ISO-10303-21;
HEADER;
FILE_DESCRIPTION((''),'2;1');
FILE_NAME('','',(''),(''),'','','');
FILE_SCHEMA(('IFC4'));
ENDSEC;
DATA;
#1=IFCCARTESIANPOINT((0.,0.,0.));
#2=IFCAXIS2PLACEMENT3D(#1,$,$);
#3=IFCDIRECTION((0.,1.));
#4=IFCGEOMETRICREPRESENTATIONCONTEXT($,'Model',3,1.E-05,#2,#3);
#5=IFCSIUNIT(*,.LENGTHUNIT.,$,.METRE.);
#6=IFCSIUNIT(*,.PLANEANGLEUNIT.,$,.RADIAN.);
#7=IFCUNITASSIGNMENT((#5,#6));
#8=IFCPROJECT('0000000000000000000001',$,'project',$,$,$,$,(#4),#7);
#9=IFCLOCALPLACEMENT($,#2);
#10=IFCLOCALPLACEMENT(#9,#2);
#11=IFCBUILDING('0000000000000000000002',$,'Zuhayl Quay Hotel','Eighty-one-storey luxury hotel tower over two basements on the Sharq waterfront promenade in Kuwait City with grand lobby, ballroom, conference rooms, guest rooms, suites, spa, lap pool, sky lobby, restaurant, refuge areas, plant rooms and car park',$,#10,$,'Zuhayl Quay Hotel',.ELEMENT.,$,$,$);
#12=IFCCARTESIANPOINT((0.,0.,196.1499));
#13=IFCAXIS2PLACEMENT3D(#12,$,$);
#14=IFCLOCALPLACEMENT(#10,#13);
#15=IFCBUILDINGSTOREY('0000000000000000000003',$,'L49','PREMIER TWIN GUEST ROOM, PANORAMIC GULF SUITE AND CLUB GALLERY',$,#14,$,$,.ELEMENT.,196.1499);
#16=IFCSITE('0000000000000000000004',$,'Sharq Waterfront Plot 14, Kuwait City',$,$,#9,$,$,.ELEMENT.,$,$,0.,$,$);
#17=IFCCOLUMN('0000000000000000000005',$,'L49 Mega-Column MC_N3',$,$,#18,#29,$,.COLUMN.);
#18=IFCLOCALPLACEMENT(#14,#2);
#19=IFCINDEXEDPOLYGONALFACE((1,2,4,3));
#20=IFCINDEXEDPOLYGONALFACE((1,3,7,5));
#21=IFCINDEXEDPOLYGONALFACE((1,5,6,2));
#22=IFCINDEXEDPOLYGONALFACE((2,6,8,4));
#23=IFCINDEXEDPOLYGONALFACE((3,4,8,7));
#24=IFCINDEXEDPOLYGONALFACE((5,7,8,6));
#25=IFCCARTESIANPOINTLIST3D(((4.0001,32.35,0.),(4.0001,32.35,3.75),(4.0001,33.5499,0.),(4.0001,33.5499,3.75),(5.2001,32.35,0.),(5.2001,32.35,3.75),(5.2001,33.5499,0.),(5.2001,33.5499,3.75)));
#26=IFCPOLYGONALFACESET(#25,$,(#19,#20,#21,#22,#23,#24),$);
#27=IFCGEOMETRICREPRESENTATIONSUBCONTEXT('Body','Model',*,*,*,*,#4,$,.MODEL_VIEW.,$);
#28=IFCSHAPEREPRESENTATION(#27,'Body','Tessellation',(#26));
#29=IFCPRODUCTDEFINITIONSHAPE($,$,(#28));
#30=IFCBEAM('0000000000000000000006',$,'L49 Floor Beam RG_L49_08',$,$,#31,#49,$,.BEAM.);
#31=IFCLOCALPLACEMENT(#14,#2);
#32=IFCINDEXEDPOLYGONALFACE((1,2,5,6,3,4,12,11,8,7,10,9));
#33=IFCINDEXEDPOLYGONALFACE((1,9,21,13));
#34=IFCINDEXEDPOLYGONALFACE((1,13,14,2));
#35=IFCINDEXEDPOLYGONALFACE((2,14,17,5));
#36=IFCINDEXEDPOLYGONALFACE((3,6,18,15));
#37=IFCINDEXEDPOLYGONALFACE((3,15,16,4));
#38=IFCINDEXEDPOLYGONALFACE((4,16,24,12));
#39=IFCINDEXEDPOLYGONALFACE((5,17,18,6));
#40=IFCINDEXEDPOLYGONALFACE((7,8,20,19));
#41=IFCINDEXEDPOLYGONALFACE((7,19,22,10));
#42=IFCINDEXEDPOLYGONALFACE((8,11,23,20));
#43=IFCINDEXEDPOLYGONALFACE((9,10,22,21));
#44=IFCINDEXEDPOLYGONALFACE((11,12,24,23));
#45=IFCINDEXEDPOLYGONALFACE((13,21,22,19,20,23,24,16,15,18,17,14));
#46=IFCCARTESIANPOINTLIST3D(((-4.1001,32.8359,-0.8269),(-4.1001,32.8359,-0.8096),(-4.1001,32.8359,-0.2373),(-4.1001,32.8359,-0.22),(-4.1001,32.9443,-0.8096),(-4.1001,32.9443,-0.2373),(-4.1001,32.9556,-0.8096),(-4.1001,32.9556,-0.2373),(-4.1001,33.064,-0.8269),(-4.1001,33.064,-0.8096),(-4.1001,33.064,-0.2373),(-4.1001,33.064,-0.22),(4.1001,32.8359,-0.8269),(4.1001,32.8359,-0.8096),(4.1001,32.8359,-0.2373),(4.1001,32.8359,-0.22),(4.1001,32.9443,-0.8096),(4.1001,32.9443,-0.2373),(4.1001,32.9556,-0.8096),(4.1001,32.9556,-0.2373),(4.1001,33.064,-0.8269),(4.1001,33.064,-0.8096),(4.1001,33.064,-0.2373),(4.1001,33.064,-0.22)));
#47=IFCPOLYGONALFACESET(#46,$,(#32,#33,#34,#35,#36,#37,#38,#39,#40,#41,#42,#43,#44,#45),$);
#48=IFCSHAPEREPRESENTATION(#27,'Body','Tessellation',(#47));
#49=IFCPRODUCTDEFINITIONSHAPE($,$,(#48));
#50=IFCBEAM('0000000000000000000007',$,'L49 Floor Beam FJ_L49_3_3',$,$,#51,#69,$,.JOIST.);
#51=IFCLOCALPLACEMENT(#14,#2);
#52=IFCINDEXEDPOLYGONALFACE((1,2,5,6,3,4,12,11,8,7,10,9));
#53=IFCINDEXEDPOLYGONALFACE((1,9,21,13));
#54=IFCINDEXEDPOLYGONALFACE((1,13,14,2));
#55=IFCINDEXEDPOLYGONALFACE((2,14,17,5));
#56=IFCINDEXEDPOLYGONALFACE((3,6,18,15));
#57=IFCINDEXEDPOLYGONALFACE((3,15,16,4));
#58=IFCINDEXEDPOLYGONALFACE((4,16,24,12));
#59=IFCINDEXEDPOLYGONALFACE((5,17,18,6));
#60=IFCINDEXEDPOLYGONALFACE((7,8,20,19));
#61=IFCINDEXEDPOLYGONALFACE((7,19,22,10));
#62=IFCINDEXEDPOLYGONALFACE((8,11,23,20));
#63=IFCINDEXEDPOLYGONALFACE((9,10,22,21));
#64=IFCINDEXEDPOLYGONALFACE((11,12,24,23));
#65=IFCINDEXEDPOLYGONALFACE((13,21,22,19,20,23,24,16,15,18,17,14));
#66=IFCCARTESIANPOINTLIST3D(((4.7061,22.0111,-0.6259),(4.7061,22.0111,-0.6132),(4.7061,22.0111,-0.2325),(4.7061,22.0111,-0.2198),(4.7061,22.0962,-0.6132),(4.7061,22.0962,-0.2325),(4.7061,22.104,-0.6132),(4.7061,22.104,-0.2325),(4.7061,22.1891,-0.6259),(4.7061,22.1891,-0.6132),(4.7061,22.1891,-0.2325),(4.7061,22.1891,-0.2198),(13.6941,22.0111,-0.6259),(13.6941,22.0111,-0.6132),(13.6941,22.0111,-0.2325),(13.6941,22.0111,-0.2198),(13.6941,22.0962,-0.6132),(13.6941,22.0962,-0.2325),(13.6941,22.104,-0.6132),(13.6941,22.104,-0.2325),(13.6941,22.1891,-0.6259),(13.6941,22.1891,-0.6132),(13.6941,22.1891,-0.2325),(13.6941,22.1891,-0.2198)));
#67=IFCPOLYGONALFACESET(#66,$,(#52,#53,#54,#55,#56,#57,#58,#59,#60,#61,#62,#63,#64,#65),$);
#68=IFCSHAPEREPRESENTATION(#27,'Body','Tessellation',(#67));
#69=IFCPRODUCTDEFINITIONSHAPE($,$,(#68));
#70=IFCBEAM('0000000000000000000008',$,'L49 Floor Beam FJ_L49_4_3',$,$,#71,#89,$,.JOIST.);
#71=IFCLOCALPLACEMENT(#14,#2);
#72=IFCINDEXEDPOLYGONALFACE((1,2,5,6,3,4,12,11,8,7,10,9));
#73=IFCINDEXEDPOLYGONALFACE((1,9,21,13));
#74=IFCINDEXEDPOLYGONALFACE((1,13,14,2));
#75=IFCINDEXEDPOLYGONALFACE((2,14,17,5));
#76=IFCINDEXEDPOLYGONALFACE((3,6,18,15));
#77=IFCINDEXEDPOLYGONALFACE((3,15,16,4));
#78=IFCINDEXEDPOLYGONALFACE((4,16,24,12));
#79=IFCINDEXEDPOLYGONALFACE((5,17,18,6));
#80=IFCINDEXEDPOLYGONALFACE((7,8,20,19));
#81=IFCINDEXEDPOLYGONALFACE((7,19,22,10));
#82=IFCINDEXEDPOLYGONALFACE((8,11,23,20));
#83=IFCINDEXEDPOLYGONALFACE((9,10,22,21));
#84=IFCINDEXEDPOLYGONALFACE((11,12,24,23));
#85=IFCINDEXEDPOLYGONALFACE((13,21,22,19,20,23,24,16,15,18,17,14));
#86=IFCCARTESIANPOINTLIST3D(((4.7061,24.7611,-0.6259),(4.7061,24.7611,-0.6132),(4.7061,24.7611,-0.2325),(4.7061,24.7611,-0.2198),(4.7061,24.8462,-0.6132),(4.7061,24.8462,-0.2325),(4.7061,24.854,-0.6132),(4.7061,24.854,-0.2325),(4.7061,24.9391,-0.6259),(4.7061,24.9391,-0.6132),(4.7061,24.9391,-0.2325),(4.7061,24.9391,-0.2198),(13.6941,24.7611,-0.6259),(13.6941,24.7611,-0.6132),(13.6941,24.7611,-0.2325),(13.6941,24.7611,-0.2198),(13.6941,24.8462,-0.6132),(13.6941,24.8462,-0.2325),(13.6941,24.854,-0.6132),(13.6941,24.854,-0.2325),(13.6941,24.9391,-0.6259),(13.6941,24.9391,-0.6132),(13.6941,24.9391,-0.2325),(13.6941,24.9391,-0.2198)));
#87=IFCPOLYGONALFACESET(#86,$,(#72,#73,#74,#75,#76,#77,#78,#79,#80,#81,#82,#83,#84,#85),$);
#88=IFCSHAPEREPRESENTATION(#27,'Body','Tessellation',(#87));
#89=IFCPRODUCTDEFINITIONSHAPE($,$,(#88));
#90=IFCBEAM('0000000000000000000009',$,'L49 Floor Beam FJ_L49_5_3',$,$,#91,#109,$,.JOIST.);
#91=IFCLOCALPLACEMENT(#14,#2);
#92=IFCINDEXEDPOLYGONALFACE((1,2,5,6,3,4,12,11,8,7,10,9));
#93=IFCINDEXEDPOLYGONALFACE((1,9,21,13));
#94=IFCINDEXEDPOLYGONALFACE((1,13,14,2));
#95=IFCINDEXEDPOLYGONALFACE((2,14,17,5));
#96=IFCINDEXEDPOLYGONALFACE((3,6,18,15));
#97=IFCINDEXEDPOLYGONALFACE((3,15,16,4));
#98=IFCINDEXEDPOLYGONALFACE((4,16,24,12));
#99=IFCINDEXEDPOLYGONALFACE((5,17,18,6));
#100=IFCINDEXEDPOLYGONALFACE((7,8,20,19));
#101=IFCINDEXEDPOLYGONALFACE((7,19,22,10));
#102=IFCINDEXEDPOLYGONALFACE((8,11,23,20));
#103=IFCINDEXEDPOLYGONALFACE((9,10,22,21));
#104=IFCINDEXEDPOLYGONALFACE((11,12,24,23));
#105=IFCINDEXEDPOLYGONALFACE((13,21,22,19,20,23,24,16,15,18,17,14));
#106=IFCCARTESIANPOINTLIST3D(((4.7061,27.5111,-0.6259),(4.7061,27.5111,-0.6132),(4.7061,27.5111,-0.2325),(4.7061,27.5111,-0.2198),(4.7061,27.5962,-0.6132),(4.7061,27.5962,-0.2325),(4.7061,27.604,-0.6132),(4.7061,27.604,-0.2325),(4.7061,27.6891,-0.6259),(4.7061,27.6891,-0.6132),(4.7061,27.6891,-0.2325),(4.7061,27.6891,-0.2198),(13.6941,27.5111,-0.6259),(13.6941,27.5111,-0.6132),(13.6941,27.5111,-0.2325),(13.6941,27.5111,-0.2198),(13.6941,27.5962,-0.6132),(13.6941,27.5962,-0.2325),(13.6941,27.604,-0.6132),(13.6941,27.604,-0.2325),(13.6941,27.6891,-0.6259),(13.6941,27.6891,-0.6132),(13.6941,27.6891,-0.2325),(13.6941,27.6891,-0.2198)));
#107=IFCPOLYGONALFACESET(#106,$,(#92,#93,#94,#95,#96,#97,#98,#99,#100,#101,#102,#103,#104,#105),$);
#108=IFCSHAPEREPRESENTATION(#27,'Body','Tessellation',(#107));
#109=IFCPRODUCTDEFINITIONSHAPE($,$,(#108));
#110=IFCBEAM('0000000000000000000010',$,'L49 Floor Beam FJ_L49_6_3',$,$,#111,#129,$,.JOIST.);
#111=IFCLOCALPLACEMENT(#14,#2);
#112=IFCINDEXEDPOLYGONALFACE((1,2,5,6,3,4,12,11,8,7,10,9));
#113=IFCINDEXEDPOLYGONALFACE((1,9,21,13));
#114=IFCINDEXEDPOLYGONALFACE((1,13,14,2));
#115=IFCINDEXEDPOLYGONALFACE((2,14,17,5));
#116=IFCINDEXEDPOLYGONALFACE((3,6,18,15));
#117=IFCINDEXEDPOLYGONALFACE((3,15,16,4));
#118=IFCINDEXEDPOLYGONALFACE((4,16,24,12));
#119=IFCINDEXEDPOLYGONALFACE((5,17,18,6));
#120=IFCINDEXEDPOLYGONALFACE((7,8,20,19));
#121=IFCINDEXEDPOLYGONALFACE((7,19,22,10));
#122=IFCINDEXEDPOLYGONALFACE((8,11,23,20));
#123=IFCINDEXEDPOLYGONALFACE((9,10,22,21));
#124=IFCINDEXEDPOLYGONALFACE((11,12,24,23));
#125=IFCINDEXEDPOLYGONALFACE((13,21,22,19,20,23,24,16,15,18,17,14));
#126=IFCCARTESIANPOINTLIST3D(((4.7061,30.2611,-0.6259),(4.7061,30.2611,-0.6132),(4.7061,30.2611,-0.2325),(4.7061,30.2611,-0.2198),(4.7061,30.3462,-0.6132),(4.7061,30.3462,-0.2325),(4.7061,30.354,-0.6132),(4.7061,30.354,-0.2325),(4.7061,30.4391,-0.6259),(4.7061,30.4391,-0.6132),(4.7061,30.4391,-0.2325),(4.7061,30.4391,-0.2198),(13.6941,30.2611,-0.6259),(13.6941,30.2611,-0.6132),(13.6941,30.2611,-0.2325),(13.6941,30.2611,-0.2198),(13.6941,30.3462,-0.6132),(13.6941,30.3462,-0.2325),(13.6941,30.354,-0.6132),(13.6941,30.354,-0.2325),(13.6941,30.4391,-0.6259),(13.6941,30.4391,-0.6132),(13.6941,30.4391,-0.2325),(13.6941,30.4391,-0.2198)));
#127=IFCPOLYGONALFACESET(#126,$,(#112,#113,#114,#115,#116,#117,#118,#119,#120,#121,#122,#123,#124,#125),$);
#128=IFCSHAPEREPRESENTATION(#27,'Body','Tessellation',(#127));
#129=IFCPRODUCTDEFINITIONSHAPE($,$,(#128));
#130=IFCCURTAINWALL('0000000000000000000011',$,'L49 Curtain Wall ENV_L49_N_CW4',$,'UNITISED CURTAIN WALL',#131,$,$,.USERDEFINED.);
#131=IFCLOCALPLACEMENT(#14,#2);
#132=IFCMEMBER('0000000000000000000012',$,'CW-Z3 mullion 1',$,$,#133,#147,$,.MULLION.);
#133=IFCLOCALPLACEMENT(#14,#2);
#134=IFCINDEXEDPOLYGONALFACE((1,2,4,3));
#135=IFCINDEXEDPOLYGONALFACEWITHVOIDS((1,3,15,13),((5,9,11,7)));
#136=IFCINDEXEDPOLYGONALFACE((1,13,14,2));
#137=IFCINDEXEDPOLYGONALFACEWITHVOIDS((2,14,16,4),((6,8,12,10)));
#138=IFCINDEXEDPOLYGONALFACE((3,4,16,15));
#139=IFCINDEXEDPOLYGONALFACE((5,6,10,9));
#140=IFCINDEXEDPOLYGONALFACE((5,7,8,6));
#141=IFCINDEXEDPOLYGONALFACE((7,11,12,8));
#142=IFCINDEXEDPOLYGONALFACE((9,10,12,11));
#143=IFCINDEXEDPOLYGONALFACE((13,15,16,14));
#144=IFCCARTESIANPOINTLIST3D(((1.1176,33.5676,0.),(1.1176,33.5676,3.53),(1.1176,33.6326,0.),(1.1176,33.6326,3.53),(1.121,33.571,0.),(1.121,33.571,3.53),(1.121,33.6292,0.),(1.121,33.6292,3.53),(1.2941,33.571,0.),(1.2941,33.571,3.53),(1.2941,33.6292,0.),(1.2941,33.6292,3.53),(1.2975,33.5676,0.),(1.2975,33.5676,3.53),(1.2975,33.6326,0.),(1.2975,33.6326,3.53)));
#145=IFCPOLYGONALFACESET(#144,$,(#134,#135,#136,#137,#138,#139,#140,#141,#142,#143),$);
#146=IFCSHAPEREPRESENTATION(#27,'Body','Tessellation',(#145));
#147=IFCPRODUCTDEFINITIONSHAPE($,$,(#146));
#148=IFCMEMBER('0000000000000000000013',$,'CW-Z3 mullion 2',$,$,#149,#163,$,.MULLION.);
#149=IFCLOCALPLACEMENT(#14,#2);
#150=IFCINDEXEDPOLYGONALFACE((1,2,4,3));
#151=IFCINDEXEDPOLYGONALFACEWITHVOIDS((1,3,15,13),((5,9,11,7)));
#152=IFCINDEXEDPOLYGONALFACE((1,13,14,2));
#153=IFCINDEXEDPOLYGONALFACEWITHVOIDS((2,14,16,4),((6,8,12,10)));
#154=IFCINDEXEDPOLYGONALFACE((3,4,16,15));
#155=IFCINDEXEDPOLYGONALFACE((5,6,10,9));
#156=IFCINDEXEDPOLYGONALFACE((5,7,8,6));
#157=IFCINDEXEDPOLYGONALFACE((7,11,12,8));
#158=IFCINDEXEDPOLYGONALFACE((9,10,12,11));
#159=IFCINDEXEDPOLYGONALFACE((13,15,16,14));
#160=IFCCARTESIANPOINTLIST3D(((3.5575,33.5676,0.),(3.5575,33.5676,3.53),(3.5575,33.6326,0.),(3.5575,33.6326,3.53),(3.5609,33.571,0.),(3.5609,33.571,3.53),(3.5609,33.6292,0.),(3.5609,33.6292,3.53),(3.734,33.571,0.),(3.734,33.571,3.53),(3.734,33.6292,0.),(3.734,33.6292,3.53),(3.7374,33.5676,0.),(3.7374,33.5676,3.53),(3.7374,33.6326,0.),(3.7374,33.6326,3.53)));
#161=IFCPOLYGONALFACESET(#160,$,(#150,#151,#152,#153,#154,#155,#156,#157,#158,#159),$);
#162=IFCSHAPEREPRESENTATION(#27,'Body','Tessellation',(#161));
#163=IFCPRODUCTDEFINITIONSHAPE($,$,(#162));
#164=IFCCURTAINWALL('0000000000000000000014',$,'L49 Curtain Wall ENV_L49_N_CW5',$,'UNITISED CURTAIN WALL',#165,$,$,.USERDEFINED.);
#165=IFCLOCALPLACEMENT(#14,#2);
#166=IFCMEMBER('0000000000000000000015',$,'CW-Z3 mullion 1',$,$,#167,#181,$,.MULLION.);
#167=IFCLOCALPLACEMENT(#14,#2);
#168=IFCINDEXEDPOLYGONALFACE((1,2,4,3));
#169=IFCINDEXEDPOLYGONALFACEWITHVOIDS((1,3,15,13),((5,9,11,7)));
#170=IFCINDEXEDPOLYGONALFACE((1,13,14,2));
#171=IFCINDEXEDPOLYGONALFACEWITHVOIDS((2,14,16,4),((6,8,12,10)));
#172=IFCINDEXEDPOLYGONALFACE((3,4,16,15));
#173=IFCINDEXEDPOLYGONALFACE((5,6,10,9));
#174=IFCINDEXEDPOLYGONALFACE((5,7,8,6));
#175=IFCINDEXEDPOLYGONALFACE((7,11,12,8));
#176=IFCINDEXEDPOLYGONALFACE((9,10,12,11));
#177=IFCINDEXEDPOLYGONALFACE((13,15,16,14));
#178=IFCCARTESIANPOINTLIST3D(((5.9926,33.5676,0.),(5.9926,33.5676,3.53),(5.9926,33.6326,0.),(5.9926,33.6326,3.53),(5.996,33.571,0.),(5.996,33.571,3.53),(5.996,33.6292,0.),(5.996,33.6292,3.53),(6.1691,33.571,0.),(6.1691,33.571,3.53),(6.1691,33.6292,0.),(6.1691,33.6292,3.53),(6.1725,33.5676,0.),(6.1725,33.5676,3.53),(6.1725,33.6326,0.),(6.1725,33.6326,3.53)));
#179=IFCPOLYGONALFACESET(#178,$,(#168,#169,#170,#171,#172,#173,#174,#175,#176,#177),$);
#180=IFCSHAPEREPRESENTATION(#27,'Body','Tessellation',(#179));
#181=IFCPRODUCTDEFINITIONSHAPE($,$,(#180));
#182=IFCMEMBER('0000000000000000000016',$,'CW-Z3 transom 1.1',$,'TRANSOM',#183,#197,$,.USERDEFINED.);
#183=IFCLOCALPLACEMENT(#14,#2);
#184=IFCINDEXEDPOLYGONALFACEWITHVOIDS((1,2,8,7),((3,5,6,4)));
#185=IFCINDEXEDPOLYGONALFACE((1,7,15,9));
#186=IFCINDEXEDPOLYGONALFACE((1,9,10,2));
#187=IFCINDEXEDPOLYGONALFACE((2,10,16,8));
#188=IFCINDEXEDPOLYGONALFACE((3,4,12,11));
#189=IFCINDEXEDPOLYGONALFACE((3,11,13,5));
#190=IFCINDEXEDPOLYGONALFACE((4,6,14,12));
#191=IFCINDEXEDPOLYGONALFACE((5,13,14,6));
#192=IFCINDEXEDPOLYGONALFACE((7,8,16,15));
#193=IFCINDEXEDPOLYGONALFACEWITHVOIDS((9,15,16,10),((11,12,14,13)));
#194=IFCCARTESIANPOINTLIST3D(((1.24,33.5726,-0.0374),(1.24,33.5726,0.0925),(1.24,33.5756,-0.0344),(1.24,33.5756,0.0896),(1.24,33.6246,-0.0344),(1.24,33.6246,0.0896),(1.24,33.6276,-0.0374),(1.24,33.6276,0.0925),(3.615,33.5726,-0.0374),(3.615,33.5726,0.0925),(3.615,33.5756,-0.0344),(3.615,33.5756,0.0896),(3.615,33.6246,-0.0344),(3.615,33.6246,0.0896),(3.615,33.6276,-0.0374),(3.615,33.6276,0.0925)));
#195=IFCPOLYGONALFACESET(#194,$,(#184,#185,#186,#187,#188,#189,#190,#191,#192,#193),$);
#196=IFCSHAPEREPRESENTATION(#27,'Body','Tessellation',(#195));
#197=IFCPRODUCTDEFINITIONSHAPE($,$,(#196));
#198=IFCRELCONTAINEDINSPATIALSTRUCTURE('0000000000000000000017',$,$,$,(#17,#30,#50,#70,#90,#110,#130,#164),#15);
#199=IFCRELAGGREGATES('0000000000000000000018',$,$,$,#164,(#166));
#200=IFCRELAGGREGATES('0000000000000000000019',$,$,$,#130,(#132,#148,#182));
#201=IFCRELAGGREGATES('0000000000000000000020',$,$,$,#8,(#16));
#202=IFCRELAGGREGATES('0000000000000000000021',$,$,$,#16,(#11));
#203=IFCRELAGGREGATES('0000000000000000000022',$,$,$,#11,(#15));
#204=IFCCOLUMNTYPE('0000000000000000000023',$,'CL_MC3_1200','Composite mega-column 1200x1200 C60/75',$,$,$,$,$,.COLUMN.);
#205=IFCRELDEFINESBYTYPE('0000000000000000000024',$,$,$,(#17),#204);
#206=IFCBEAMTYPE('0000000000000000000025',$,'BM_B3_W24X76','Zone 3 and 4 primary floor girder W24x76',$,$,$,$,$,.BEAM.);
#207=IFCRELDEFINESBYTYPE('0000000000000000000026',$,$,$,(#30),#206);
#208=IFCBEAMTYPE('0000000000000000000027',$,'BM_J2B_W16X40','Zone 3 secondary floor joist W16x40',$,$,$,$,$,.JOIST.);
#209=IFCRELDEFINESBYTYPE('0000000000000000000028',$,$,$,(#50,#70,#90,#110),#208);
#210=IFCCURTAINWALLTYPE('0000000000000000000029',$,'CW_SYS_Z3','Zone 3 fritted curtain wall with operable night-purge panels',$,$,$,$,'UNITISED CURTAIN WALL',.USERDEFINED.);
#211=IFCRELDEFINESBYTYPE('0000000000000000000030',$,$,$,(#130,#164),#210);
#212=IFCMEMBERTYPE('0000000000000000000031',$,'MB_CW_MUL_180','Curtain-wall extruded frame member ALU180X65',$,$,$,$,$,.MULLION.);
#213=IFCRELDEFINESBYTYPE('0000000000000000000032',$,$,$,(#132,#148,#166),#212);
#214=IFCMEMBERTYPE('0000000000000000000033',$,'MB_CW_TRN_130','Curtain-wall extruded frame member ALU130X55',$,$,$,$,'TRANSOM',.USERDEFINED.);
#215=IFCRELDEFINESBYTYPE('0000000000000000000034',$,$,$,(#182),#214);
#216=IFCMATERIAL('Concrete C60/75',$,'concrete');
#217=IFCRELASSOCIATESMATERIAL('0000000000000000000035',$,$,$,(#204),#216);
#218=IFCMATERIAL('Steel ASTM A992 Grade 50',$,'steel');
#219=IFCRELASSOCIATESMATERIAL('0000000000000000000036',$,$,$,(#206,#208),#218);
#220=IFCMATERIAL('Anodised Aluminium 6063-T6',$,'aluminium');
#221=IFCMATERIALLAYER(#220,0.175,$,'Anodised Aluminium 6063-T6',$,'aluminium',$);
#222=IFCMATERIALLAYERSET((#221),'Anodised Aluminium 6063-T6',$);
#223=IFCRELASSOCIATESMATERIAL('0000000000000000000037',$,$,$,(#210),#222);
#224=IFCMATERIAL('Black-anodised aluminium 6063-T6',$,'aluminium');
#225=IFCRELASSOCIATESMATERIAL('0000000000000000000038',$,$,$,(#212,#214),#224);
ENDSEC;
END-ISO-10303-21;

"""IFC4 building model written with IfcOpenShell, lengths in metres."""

from ifc_helpers import new_model, si_unit, direction, frame, origin, origin_2d, place, context, subcontext, project, spatial, rectangle, hollow_rectangle, i_section, extrude, material, layer, layer_set, material_profile, profile_set, type_object, element, aggregate, save


model = new_model("IFC4")

# Units and contexts
model_context = context("Model", 3, precision=1e-05, world=origin(), true_north=direction((0.0, 1.0)))
body_context = subcontext(model_context, "Body", "Model", "MODEL_VIEW")
ifc_project = project(units=[si_unit("LENGTHUNIT", "METRE"), si_unit("PLANEANGLEUNIT", "RADIAN")], contexts=[model_context])

# Site, building, storey
site_placement = place(None, origin())
site = spatial("IfcSite", under=ifc_project, at=site_placement, Name="Sharq Waterfront Plot 14, Kuwait City", CompositionType="ELEMENT", RefElevation=0.0)
building_placement = place(site_placement, origin())
building = spatial("IfcBuilding", under=site, at=building_placement, Name="Zuhayl Quay Hotel", Description="Eighty-one-storey luxury hotel tower over two basements on the Sharq waterfront promenade in Kuwait City with grand lobby, ballroom, conference rooms, guest rooms, suites, spa, lap pool, sky lobby, restaurant, refuge areas, plant rooms and car park", LongName="Zuhayl Quay Hotel", CompositionType="ELEMENT")
storey_placement = place(building_placement, frame((0.0, 0.0, 196.1499)))
storey = spatial("IfcBuildingStorey", under=building, at=storey_placement, Name="L49", Description="PREMIER TWIN GUEST ROOM, PANORAMIC GULF SUITE AND CLUB GALLERY", CompositionType="ELEMENT", Elevation=196.1499)

# Column
ifc_material_1 = material(Name="Concrete C60/75", Category="concrete")
ifc_material_profile_1 = material_profile(ifc_material_1, rectangle(XDim=1.2, YDim=1.2, at=origin_2d()), Name="RC1200X1200")
ifc_profile_set_1 = profile_set([ifc_material_profile_1], Name="Concrete C60/75")
column_type = type_object("IfcColumnType", Name="CL_MC3_1200", Description="Composite mega-column 1200x1200 C60/75", PredefinedType="COLUMN", material=ifc_profile_set_1)
column_placement = place(storey_placement, frame((4.6001, 32.95, 0.0), z_axis=(0.0, 0.0, 1.0), x_axis=(1.0, 0.0, 0.0)))
element("IfcColumn", 1, at=column_placement, inside=storey, type_object=column_type, Name="L49 Mega-Column MC_N3", PredefinedType="COLUMN", context=body_context, shape_type="SweptSolid", body=[
    extrude(rectangle(XDim=1.2, YDim=1.2, at=origin_2d()), origin(), (0.0, 0.0, 1.0), 3.75),
])

# Beams
ifc_material_2 = material(Name="Steel ASTM A992 Grade 50", Category="steel")
ifc_material_profile_2 = material_profile(ifc_material_2, i_section(OverallWidth=0.228, OverallDepth=0.6069, WebThickness=0.0112, FlangeThickness=0.0173, at=origin_2d()), Name="W24X76")
ifc_profile_set_2 = profile_set([ifc_material_profile_2], Name="Steel ASTM A992 Grade 50")
beam_type_1 = type_object("IfcBeamType", Name="BM_B3_W24X76", Description="Zone 3 and 4 primary floor girder W24x76", PredefinedType="BEAM", material=ifc_profile_set_2)
beam_placement = place(storey_placement, frame((4.1001, 32.95, -0.5234), z_axis=(-1.0, 0.0, 0.0), x_axis=(0.0, -1.0, 0.0)))
element("IfcBeam", 2, at=beam_placement, inside=storey, type_object=beam_type_1, Name="L49 Floor Beam RG_L49_08", PredefinedType="BEAM", context=body_context, shape_type="SweptSolid", body=[
    extrude(i_section(OverallWidth=0.228, OverallDepth=0.6069, WebThickness=0.0112, FlangeThickness=0.0173, at=origin_2d()), origin(), (0.0, 0.0, 1.0), 8.2002),
])
ifc_material_profile_3 = material_profile(ifc_material_2, i_section(OverallWidth=0.178, OverallDepth=0.406, WebThickness=0.0078, FlangeThickness=0.0127, at=origin_2d()), Name="W16X40")
ifc_profile_set_3 = profile_set([ifc_material_profile_3], Name="Steel ASTM A992 Grade 50")
beam_type_2 = type_object("IfcBeamType", Name="BM_J2B_W16X40", Description="Zone 3 secondary floor joist W16x40", PredefinedType="JOIST", material=ifc_profile_set_3)
for number, where, z_axis, x_axis, name in (
    (3, (4.7061, 22.1001, -0.4229), (1.0, 0.0, 0.0), (0.0, 1.0, 0.0), "L49 Floor Beam FJ_L49_3_3"),
    (4, (4.7061, 24.8501, -0.4229), (1.0, 0.0, 0.0), (0.0, 1.0, 0.0), "L49 Floor Beam FJ_L49_4_3"),
    (5, (4.7061, 27.6001, -0.4229), (1.0, 0.0, 0.0), (0.0, 1.0, 0.0), "L49 Floor Beam FJ_L49_5_3"),
    (6, (4.7061, 30.3501, -0.4229), (1.0, 0.0, 0.0), (0.0, 1.0, 0.0), "L49 Floor Beam FJ_L49_6_3"),
):
    element("IfcBeam", number, at=place(storey_placement, frame(where, z_axis=z_axis, x_axis=x_axis)), inside=storey, type_object=beam_type_2, Name=name, PredefinedType="JOIST", context=body_context, shape_type="SweptSolid", body=[
        extrude(i_section(OverallWidth=0.178, OverallDepth=0.406, WebThickness=0.0078, FlangeThickness=0.0127, at=origin_2d()), origin(), (0.0, 0.0, 1.0), 8.988),
    ])

# Curtain wall, members
ifc_material_3 = material(Name="Anodised Aluminium 6063-T6", Category="aluminium")
ifc_layer_1 = layer(ifc_material_3, 0.175, Name="Anodised Aluminium 6063-T6", Category="aluminium")
ifc_layer_set_1 = layer_set([ifc_layer_1], Name="Anodised Aluminium 6063-T6")
curtain_wall_type = type_object("IfcCurtainWallType", Name="CW_SYS_Z3", Description="Zone 3 fritted curtain wall with operable night-purge panels", ElementType="UNITISED CURTAIN WALL", PredefinedType="USERDEFINED", material=ifc_layer_set_1)
curtain_wall_1_placement = place(storey_placement, origin())
curtain_wall_1 = element("IfcCurtainWall", 7, at=curtain_wall_1_placement, inside=storey, type_object=curtain_wall_type, Name="L49 Curtain Wall ENV_L49_N_CW4", ObjectType="UNITISED CURTAIN WALL", PredefinedType="USERDEFINED")
ifc_material_4 = material(Name="Black-anodised aluminium 6063-T6", Category="aluminium")
ifc_material_profile_4 = material_profile(ifc_material_4, hollow_rectangle(XDim=0.0649, YDim=0.1799, WallThickness=0.0034, at=origin_2d()), Name="ALU180X65")
ifc_profile_set_4 = profile_set([ifc_material_profile_4], Name="Black-anodised aluminium 6063-T6")
member_type_1 = type_object("IfcMemberType", Name="MB_CW_MUL_180", Description="Curtain-wall extruded frame member ALU180X65", PredefinedType="MULLION", material=ifc_profile_set_4)
member_1_placement = place(storey_placement, frame((1.2075, 33.6001, 0.0), z_axis=(0.0, 0.0, 1.0), x_axis=(0.0, 1.0, 0.0)))
member_1 = element("IfcMember", 8, at=member_1_placement, type_object=member_type_1, Name="CW-Z3 mullion 1", PredefinedType="MULLION", context=body_context, shape_type="SweptSolid", body=[
    extrude(hollow_rectangle(XDim=0.0649, YDim=0.1799, WallThickness=0.0034, at=origin_2d()), origin(), (0.0, 0.0, 1.0), 3.53),
])
member_2_placement = place(storey_placement, frame((3.6475, 33.6001, 0.0), z_axis=(0.0, 0.0, 1.0), x_axis=(0.0, 1.0, 0.0)))
member_2 = element("IfcMember", 9, at=member_2_placement, type_object=member_type_1, Name="CW-Z3 mullion 2", PredefinedType="MULLION", context=body_context, shape_type="SweptSolid", body=[
    extrude(hollow_rectangle(XDim=0.0649, YDim=0.1799, WallThickness=0.0034, at=origin_2d()), origin(), (0.0, 0.0, 1.0), 3.53),
])

# Curtain wall, member
curtain_wall_2_placement = place(storey_placement, origin())
curtain_wall_2 = element("IfcCurtainWall", 10, at=curtain_wall_2_placement, inside=storey, type_object=curtain_wall_type, Name="L49 Curtain Wall ENV_L49_N_CW5", ObjectType="UNITISED CURTAIN WALL", PredefinedType="USERDEFINED")
member_3_placement = place(storey_placement, frame((6.0825, 33.6001, 0.0), z_axis=(0.0, 0.0, 1.0), x_axis=(0.0, 1.0, 0.0)))
member_3 = element("IfcMember", 11, at=member_3_placement, type_object=member_type_1, Name="CW-Z3 mullion 1", PredefinedType="MULLION", context=body_context, shape_type="SweptSolid", body=[
    extrude(hollow_rectangle(XDim=0.0649, YDim=0.1799, WallThickness=0.0034, at=origin_2d()), origin(), (0.0, 0.0, 1.0), 3.53),
])

# Member
ifc_material_profile_5 = material_profile(ifc_material_4, hollow_rectangle(XDim=0.0549, YDim=0.1299, WallThickness=0.0029, at=origin_2d()), Name="ALU130X55")
ifc_profile_set_5 = profile_set([ifc_material_profile_5], Name="Black-anodised aluminium 6063-T6")
member_type_2 = type_object("IfcMemberType", Name="MB_CW_TRN_130", Description="Curtain-wall extruded frame member ALU130X55", ElementType="TRANSOM", PredefinedType="USERDEFINED", material=ifc_profile_set_5)
member_4_placement = place(storey_placement, frame((1.24, 33.6001, 0.0276), z_axis=(1.0, 0.0, 0.0), x_axis=(0.0, 1.0, 0.0)))
member_4 = element("IfcMember", 12, at=member_4_placement, type_object=member_type_2, Name="CW-Z3 transom 1.1", ObjectType="TRANSOM", PredefinedType="USERDEFINED", context=body_context, shape_type="SweptSolid", body=[
    extrude(hollow_rectangle(XDim=0.0549, YDim=0.1299, WallThickness=0.0029, at=origin_2d()), origin(), (0.0, 0.0, 1.0), 2.375),
])
aggregate(curtain_wall_2, [member_3])

aggregate(curtain_wall_1, [member_1, member_2, member_4])

save(model, "model.ifc")
